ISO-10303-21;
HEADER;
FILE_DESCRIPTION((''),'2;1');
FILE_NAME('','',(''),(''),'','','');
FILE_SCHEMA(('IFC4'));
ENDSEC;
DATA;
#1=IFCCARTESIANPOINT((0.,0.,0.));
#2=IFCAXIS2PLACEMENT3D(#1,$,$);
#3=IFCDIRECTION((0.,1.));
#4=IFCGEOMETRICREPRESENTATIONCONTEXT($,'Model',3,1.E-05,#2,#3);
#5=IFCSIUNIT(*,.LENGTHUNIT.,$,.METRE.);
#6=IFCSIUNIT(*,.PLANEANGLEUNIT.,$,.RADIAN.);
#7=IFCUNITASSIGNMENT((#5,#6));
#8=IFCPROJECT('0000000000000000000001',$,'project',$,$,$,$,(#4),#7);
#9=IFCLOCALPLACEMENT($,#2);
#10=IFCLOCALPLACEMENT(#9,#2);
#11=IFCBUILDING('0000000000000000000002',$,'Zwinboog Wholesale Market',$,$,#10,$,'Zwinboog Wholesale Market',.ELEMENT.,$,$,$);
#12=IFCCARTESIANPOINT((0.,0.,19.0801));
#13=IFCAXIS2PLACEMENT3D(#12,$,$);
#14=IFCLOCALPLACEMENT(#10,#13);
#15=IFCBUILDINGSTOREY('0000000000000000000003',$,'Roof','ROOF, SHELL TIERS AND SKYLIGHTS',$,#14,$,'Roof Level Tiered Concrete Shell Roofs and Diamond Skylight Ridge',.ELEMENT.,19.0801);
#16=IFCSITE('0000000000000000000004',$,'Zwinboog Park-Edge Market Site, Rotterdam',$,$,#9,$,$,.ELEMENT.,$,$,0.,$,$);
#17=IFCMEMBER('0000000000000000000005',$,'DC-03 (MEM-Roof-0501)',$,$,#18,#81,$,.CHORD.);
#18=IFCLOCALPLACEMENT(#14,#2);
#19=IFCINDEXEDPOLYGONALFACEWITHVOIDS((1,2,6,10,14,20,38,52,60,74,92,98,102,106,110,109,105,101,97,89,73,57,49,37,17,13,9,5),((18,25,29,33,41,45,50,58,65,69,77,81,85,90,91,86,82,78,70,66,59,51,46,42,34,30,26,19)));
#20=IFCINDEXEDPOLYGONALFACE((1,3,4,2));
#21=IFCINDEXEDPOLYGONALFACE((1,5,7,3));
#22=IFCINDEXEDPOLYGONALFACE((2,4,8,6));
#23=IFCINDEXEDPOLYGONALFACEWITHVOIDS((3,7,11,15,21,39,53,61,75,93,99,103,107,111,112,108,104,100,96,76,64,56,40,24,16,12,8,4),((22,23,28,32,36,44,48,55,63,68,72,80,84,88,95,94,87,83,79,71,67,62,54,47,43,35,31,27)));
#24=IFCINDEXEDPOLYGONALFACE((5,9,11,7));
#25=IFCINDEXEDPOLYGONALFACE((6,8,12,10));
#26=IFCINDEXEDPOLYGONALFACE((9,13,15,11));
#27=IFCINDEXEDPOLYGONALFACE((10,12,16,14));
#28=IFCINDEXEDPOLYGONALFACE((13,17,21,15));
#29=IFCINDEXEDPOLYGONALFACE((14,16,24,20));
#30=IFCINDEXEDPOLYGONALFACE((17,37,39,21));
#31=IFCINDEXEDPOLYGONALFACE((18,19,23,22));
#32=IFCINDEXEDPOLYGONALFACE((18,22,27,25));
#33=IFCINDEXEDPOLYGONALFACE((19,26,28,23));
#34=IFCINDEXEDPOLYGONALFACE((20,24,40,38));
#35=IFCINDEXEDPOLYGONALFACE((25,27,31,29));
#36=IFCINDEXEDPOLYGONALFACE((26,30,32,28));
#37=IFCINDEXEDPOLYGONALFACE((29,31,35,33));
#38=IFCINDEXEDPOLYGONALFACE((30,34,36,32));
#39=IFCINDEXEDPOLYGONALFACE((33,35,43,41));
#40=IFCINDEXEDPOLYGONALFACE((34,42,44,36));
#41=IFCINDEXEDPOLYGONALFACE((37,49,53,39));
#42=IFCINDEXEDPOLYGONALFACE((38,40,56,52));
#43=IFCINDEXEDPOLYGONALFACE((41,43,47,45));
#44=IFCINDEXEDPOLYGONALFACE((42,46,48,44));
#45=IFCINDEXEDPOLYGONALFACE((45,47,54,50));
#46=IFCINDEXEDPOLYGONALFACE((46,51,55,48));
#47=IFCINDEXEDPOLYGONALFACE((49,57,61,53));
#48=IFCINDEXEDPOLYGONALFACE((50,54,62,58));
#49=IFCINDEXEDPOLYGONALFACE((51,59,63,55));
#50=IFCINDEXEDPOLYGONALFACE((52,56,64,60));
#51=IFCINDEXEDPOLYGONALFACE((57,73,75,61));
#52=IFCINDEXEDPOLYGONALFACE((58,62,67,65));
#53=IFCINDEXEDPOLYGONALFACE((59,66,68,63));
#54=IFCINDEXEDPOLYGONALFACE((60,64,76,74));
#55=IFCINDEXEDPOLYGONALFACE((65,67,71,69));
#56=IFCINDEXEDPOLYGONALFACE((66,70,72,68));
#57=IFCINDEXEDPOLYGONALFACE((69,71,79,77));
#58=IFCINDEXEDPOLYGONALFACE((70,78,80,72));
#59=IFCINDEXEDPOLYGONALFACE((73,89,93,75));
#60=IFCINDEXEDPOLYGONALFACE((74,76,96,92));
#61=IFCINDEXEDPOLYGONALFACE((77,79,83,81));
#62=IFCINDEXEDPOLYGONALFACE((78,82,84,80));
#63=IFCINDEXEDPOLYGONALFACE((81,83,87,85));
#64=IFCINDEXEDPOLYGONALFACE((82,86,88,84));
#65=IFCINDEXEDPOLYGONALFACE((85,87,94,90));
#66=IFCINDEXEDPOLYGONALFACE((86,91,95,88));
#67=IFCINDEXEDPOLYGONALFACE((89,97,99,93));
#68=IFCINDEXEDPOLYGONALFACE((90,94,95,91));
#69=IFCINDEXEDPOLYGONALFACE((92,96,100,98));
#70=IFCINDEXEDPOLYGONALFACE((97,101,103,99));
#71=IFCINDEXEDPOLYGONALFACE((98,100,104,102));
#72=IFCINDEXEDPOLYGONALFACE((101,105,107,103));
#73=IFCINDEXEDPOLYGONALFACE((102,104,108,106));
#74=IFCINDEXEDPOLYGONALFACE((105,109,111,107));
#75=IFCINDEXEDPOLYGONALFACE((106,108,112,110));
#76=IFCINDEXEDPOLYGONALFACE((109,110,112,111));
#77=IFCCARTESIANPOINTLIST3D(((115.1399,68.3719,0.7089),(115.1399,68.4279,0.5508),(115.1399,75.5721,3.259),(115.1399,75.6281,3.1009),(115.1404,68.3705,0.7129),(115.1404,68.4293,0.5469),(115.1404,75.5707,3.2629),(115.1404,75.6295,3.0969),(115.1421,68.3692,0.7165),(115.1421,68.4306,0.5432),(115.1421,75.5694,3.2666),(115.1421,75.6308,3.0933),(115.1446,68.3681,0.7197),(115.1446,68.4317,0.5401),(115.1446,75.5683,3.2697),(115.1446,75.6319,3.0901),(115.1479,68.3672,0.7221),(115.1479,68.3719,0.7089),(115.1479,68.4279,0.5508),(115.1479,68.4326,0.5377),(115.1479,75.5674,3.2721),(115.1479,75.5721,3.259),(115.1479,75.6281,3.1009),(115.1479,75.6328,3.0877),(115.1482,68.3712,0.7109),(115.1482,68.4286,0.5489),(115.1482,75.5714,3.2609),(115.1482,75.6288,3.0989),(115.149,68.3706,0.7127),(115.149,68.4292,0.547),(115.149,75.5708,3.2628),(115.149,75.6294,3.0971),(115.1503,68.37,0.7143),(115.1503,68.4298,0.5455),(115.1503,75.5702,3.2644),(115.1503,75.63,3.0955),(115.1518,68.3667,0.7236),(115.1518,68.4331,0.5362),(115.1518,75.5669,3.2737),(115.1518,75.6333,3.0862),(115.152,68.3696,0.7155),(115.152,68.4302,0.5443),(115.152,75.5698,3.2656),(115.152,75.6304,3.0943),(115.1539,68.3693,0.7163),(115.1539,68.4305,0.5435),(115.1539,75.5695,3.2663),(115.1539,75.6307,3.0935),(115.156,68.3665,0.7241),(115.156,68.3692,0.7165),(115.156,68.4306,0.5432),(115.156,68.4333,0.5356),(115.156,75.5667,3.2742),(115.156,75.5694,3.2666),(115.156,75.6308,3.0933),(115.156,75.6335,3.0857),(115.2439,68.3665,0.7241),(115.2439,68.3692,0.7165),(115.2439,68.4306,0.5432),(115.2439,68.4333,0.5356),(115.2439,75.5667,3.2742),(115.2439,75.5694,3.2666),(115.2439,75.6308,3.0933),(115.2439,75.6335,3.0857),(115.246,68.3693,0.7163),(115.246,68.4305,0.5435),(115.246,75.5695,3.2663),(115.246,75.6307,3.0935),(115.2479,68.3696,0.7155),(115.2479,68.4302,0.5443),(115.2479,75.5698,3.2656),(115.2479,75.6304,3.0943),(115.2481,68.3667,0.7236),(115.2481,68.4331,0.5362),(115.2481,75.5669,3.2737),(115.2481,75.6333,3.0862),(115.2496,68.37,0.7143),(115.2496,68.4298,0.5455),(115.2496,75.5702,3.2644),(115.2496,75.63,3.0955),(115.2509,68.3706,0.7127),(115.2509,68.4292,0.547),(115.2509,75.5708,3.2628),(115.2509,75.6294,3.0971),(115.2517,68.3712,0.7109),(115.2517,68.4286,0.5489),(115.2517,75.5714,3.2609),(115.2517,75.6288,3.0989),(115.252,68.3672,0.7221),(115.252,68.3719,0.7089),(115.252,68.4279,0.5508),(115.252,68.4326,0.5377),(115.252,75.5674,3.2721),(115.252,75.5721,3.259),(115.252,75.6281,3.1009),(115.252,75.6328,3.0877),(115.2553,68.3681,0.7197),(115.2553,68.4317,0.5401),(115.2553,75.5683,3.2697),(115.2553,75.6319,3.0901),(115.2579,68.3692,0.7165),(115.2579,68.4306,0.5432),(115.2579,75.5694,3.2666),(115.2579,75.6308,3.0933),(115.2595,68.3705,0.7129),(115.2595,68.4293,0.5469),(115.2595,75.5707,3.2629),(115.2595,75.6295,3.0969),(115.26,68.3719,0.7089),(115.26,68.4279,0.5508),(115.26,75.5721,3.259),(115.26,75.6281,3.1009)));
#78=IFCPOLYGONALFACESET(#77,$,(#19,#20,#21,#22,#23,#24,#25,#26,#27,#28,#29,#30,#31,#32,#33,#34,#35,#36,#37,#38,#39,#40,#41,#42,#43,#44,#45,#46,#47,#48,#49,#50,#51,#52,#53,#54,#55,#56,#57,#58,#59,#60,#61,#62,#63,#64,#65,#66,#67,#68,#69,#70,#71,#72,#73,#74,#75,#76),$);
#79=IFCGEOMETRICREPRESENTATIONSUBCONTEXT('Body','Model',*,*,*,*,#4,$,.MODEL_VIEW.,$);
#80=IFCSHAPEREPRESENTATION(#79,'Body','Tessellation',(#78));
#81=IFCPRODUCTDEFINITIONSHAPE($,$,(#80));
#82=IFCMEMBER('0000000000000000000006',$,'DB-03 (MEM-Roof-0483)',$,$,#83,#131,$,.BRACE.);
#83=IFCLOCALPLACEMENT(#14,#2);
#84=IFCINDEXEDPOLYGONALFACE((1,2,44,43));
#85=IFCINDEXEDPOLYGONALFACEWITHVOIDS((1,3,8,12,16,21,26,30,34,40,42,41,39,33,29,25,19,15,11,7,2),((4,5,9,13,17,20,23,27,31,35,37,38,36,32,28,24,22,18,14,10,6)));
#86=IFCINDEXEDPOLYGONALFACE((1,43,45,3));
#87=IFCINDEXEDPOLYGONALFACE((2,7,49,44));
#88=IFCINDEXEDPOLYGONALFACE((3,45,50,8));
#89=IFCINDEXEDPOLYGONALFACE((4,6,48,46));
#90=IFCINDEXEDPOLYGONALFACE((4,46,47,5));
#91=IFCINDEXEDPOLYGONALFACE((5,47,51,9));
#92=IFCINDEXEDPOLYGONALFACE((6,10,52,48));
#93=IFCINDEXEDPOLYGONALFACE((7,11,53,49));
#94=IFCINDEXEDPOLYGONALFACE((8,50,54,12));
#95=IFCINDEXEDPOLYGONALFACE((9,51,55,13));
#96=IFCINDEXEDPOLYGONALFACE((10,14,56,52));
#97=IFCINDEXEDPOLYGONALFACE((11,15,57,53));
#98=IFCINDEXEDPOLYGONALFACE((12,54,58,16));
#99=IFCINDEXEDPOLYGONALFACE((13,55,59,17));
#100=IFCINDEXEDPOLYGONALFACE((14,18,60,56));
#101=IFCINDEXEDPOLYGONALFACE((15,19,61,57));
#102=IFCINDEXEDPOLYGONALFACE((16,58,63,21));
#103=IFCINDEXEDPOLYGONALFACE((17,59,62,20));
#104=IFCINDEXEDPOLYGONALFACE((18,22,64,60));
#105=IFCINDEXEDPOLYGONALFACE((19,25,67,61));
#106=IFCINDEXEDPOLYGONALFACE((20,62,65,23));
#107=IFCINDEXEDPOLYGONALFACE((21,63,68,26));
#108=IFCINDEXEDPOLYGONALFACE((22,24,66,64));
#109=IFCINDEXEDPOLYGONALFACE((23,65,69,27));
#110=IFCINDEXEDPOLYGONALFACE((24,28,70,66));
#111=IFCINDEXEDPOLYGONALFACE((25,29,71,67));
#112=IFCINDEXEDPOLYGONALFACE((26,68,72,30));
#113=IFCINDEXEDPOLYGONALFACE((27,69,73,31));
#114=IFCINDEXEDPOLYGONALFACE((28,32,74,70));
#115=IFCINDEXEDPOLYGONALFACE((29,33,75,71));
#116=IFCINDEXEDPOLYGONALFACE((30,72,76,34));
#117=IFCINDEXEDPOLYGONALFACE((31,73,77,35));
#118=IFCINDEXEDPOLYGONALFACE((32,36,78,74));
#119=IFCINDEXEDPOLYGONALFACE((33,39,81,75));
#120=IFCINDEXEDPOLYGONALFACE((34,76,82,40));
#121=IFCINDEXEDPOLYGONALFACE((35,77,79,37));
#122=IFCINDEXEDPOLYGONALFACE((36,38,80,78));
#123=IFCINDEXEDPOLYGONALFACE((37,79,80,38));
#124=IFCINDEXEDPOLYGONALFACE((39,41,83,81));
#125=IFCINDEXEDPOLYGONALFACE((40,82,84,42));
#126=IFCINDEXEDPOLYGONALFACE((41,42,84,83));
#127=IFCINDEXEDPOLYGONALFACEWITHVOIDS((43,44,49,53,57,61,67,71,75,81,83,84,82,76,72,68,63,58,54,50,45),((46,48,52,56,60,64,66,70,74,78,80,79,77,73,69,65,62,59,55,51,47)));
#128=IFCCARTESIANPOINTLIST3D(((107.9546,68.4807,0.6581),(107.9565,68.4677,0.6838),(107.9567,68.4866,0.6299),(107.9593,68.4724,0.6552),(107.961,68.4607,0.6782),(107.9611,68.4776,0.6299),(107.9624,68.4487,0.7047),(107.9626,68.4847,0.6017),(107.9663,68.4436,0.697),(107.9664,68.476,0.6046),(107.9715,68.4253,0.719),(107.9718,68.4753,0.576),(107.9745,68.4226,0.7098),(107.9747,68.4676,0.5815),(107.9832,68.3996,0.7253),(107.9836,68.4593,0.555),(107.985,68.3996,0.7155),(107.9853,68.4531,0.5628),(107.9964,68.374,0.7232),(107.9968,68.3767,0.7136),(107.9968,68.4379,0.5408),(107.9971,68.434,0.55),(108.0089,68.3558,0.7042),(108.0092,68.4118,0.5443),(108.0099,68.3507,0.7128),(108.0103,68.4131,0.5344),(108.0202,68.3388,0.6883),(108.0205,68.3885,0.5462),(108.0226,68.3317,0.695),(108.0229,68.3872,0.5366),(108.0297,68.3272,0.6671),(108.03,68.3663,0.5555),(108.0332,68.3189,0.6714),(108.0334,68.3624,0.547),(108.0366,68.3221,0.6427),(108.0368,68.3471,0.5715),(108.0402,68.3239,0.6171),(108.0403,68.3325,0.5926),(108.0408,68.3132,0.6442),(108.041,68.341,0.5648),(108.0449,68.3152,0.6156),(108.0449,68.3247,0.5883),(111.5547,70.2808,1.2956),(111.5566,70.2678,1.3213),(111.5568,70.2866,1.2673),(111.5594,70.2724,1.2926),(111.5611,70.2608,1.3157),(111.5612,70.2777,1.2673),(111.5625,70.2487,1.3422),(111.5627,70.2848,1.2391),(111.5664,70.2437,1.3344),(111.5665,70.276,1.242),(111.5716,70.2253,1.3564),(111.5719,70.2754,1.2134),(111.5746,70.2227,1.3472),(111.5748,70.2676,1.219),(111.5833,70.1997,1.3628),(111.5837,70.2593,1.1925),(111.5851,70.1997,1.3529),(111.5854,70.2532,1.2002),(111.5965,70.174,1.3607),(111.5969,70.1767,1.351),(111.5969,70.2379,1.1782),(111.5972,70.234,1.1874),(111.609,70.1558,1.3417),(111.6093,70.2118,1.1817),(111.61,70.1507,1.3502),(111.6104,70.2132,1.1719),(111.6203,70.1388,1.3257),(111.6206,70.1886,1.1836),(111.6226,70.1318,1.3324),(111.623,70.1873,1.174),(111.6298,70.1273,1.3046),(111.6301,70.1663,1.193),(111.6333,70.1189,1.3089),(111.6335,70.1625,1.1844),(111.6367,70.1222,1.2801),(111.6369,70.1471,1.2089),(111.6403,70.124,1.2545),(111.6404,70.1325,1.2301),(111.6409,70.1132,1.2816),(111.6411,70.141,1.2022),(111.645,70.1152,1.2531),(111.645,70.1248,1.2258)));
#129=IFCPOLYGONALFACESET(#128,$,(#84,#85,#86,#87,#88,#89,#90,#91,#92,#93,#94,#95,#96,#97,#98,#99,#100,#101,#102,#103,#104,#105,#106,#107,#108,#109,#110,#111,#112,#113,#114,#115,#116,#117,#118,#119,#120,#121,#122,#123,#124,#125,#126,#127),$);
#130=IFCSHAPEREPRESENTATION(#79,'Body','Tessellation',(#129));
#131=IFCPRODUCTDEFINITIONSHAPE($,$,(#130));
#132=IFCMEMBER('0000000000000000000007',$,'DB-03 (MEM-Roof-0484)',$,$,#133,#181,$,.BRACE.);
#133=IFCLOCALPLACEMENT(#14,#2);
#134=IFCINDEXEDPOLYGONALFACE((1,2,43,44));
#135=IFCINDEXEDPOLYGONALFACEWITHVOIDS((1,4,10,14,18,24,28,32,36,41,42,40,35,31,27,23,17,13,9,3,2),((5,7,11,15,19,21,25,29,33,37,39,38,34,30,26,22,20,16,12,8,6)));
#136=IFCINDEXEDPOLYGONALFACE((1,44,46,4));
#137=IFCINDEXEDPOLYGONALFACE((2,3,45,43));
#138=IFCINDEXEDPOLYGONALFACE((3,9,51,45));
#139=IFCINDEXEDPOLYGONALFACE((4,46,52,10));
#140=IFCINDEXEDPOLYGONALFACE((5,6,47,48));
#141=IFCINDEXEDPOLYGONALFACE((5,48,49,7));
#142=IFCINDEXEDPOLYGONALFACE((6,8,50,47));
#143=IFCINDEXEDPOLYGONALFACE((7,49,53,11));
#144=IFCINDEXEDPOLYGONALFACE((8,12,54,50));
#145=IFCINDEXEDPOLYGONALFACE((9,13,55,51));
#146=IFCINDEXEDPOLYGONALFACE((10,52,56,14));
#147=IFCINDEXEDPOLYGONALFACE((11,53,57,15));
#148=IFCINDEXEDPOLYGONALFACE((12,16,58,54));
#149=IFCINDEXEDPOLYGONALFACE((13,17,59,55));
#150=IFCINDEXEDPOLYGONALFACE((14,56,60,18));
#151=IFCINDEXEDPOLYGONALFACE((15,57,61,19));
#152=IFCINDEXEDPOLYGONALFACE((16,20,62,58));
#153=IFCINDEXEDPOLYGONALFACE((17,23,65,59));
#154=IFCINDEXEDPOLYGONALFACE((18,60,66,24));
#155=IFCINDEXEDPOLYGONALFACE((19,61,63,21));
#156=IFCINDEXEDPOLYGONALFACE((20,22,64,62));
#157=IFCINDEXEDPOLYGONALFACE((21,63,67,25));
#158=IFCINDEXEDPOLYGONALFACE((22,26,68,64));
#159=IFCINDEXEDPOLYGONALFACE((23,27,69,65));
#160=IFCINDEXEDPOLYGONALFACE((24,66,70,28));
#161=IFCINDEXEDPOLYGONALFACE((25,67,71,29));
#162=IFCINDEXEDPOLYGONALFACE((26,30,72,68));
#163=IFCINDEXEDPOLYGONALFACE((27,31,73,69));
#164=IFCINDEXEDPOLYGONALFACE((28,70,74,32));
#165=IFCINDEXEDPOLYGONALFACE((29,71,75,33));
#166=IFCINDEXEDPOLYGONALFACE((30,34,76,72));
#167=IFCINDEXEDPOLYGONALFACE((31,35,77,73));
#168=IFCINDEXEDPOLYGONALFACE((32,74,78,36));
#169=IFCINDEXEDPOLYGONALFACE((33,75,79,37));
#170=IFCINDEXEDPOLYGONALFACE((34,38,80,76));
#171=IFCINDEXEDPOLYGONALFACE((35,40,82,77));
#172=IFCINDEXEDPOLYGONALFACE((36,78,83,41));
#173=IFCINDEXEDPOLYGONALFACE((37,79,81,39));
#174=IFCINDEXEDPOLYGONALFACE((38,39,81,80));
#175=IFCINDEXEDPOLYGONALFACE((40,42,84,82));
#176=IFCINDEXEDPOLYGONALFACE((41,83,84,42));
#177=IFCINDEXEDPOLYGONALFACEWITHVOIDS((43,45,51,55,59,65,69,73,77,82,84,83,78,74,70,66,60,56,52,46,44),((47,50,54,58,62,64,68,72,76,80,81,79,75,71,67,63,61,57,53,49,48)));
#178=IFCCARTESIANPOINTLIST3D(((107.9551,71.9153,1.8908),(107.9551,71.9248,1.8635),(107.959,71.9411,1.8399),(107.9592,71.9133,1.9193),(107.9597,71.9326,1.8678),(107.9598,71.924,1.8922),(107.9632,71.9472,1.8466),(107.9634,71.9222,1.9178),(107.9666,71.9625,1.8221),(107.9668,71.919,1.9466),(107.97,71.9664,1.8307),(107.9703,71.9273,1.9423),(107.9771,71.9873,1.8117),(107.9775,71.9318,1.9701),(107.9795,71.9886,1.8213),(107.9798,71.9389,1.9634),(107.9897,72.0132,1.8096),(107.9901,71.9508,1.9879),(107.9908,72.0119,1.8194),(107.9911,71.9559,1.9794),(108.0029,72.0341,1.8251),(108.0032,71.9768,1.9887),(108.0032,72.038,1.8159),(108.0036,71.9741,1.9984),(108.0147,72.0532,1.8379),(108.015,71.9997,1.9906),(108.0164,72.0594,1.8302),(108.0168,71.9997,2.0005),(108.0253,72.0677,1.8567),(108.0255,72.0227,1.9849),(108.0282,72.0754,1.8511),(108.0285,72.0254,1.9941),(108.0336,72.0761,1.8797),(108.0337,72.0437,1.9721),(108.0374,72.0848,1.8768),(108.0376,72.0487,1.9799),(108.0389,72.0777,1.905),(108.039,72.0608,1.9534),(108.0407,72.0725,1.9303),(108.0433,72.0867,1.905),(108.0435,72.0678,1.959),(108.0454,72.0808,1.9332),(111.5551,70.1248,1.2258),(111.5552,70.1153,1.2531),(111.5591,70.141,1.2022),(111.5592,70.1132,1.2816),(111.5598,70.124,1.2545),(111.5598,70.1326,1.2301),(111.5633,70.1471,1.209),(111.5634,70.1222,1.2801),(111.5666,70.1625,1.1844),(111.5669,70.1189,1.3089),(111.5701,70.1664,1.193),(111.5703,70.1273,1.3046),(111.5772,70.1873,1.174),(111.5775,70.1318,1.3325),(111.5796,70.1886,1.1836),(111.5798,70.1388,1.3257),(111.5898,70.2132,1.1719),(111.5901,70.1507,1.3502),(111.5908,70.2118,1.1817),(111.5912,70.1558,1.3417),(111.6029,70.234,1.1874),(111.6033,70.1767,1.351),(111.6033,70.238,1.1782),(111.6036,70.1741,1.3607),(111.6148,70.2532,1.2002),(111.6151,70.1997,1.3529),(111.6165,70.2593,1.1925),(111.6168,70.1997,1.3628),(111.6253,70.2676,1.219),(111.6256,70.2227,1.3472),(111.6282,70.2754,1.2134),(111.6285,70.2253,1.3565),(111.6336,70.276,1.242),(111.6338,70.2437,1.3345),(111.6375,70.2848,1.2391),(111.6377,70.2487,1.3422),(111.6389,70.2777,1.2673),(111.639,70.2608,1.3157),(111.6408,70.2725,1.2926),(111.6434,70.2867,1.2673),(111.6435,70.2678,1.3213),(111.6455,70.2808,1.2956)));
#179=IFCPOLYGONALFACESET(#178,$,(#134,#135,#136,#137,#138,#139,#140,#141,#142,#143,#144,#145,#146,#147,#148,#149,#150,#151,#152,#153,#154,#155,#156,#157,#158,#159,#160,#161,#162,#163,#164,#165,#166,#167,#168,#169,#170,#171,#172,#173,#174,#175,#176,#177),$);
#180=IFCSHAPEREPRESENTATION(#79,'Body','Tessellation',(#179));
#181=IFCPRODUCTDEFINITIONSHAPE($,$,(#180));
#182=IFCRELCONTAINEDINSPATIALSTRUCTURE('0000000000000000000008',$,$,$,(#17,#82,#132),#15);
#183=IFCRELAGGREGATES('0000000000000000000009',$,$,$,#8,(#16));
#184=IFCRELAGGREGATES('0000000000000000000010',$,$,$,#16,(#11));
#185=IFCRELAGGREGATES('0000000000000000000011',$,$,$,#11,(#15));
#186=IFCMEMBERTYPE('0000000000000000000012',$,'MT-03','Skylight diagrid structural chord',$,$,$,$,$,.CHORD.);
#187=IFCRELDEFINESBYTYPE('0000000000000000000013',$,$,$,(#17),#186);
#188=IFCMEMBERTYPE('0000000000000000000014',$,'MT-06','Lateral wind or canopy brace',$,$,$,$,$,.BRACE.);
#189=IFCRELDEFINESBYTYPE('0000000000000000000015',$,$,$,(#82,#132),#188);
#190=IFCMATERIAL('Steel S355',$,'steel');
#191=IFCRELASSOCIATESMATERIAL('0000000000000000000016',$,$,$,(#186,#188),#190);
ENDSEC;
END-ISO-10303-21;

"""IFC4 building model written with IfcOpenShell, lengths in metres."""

from ifc_helpers import new_model, si_unit, direction, frame, origin, origin_2d, place, context, subcontext, project, spatial, hollow_rectangle, hollow_circle, extrude, material, material_profile, profile_set, type_object, element, save


model = new_model("IFC4")

# Units and contexts
model_context = context("Model", 3, precision=1e-05, world=origin(), true_north=direction((0.0, 1.0)))
body_context = subcontext(model_context, "Body", "Model", "MODEL_VIEW")
ifc_project = project(units=[si_unit("LENGTHUNIT", "METRE"), si_unit("PLANEANGLEUNIT", "RADIAN")], contexts=[model_context])

# Site, building, storey
site_placement = place(None, origin())
site = spatial("IfcSite", under=ifc_project, at=site_placement, Name="Zwinboog Park-Edge Market Site, Rotterdam", CompositionType="ELEMENT", RefElevation=0.0)
building_placement = place(site_placement, origin())
building = spatial("IfcBuilding", under=site, at=building_placement, Name="Zwinboog Wholesale Market", LongName="Zwinboog Wholesale Market", CompositionType="ELEMENT")
storey_placement = place(building_placement, frame((0.0, 0.0, 19.0801)))
storey = spatial("IfcBuildingStorey", under=building, at=storey_placement, Name="Roof", Description="ROOF, SHELL TIERS AND SKYLIGHTS", LongName="Roof Level Tiered Concrete Shell Roofs and Diamond Skylight Ridge", CompositionType="ELEMENT", Elevation=19.0801)

# Members
ifc_material_1 = material(Name="Steel S355", Category="steel")
ifc_material_profile_1 = material_profile(ifc_material_1, hollow_rectangle(XDim=0.1201, YDim=0.2, WallThickness=0.0081, InnerFilletRadius=0.0081, OuterFilletRadius=0.0161, at=origin_2d()), Name="RHS 200x120x8")
ifc_profile_set_1 = profile_set([ifc_material_profile_1], Name="Steel S355")
member_type_1 = type_object("IfcMemberType", Name="MT-03", Description="Skylight diagrid structural chord", PredefinedType="CHORD", material=ifc_profile_set_1)
for number, where, z_axis, x_axis, name in (
    (1, (115.2, 68.3999, 0.6299), (0.0, 0.942628, 0.333845), (-1.0, 0.0, 0.0), "DC-03 (MEM-Roof-0501)"),
):
    element("IfcMember", number, at=place(storey_placement, frame(where, z_axis=z_axis, x_axis=x_axis)), inside=storey, type_object=member_type_1, Name=name, PredefinedType="CHORD", context=body_context, shape_type="SweptSolid", body=[
        extrude(hollow_rectangle(XDim=0.1201, YDim=0.2, WallThickness=0.0081, InnerFilletRadius=0.0081, OuterFilletRadius=0.0161, at=origin_2d()), origin(), (0.0, 0.0, 1.0), 7.6384),
    ])
ifc_material_profile_2 = material_profile(ifc_material_1, hollow_circle(Radius=0.0969, WallThickness=0.01, at=origin_2d()), Name="CHS 193.7x10")
ifc_profile_set_2 = profile_set([ifc_material_profile_2], Name="Steel S355")
member_type_2 = type_object("IfcMemberType", Name="MT-06", Description="Lateral wind or canopy brace", PredefinedType="BRACE", material=ifc_profile_set_2)
for number, where, z_axis, x_axis, name in (
    (2, (108.0, 68.3999, 0.6299), (0.883417, 0.441709, 0.156422), (-0.447214, 0.894427, 0.0), "DB-03 (MEM-Roof-0483)"),
    (3, (108.0, 72.0, 1.905), (0.883409, -0.441704, -0.156481), (0.447214, 0.894427, 0.0), "DB-03 (MEM-Roof-0484)"),
):
    element("IfcMember", number, at=place(storey_placement, frame(where, z_axis=z_axis, x_axis=x_axis)), inside=storey, type_object=member_type_2, Name=name, PredefinedType="BRACE", context=body_context, shape_type="SweptSolid", body=[
        extrude(hollow_circle(Radius=0.0969, WallThickness=0.01, at=origin_2d()), origin(), (0.0, 0.0, 1.0), 4.0752),
    ])

save(model, "model.ifc")
